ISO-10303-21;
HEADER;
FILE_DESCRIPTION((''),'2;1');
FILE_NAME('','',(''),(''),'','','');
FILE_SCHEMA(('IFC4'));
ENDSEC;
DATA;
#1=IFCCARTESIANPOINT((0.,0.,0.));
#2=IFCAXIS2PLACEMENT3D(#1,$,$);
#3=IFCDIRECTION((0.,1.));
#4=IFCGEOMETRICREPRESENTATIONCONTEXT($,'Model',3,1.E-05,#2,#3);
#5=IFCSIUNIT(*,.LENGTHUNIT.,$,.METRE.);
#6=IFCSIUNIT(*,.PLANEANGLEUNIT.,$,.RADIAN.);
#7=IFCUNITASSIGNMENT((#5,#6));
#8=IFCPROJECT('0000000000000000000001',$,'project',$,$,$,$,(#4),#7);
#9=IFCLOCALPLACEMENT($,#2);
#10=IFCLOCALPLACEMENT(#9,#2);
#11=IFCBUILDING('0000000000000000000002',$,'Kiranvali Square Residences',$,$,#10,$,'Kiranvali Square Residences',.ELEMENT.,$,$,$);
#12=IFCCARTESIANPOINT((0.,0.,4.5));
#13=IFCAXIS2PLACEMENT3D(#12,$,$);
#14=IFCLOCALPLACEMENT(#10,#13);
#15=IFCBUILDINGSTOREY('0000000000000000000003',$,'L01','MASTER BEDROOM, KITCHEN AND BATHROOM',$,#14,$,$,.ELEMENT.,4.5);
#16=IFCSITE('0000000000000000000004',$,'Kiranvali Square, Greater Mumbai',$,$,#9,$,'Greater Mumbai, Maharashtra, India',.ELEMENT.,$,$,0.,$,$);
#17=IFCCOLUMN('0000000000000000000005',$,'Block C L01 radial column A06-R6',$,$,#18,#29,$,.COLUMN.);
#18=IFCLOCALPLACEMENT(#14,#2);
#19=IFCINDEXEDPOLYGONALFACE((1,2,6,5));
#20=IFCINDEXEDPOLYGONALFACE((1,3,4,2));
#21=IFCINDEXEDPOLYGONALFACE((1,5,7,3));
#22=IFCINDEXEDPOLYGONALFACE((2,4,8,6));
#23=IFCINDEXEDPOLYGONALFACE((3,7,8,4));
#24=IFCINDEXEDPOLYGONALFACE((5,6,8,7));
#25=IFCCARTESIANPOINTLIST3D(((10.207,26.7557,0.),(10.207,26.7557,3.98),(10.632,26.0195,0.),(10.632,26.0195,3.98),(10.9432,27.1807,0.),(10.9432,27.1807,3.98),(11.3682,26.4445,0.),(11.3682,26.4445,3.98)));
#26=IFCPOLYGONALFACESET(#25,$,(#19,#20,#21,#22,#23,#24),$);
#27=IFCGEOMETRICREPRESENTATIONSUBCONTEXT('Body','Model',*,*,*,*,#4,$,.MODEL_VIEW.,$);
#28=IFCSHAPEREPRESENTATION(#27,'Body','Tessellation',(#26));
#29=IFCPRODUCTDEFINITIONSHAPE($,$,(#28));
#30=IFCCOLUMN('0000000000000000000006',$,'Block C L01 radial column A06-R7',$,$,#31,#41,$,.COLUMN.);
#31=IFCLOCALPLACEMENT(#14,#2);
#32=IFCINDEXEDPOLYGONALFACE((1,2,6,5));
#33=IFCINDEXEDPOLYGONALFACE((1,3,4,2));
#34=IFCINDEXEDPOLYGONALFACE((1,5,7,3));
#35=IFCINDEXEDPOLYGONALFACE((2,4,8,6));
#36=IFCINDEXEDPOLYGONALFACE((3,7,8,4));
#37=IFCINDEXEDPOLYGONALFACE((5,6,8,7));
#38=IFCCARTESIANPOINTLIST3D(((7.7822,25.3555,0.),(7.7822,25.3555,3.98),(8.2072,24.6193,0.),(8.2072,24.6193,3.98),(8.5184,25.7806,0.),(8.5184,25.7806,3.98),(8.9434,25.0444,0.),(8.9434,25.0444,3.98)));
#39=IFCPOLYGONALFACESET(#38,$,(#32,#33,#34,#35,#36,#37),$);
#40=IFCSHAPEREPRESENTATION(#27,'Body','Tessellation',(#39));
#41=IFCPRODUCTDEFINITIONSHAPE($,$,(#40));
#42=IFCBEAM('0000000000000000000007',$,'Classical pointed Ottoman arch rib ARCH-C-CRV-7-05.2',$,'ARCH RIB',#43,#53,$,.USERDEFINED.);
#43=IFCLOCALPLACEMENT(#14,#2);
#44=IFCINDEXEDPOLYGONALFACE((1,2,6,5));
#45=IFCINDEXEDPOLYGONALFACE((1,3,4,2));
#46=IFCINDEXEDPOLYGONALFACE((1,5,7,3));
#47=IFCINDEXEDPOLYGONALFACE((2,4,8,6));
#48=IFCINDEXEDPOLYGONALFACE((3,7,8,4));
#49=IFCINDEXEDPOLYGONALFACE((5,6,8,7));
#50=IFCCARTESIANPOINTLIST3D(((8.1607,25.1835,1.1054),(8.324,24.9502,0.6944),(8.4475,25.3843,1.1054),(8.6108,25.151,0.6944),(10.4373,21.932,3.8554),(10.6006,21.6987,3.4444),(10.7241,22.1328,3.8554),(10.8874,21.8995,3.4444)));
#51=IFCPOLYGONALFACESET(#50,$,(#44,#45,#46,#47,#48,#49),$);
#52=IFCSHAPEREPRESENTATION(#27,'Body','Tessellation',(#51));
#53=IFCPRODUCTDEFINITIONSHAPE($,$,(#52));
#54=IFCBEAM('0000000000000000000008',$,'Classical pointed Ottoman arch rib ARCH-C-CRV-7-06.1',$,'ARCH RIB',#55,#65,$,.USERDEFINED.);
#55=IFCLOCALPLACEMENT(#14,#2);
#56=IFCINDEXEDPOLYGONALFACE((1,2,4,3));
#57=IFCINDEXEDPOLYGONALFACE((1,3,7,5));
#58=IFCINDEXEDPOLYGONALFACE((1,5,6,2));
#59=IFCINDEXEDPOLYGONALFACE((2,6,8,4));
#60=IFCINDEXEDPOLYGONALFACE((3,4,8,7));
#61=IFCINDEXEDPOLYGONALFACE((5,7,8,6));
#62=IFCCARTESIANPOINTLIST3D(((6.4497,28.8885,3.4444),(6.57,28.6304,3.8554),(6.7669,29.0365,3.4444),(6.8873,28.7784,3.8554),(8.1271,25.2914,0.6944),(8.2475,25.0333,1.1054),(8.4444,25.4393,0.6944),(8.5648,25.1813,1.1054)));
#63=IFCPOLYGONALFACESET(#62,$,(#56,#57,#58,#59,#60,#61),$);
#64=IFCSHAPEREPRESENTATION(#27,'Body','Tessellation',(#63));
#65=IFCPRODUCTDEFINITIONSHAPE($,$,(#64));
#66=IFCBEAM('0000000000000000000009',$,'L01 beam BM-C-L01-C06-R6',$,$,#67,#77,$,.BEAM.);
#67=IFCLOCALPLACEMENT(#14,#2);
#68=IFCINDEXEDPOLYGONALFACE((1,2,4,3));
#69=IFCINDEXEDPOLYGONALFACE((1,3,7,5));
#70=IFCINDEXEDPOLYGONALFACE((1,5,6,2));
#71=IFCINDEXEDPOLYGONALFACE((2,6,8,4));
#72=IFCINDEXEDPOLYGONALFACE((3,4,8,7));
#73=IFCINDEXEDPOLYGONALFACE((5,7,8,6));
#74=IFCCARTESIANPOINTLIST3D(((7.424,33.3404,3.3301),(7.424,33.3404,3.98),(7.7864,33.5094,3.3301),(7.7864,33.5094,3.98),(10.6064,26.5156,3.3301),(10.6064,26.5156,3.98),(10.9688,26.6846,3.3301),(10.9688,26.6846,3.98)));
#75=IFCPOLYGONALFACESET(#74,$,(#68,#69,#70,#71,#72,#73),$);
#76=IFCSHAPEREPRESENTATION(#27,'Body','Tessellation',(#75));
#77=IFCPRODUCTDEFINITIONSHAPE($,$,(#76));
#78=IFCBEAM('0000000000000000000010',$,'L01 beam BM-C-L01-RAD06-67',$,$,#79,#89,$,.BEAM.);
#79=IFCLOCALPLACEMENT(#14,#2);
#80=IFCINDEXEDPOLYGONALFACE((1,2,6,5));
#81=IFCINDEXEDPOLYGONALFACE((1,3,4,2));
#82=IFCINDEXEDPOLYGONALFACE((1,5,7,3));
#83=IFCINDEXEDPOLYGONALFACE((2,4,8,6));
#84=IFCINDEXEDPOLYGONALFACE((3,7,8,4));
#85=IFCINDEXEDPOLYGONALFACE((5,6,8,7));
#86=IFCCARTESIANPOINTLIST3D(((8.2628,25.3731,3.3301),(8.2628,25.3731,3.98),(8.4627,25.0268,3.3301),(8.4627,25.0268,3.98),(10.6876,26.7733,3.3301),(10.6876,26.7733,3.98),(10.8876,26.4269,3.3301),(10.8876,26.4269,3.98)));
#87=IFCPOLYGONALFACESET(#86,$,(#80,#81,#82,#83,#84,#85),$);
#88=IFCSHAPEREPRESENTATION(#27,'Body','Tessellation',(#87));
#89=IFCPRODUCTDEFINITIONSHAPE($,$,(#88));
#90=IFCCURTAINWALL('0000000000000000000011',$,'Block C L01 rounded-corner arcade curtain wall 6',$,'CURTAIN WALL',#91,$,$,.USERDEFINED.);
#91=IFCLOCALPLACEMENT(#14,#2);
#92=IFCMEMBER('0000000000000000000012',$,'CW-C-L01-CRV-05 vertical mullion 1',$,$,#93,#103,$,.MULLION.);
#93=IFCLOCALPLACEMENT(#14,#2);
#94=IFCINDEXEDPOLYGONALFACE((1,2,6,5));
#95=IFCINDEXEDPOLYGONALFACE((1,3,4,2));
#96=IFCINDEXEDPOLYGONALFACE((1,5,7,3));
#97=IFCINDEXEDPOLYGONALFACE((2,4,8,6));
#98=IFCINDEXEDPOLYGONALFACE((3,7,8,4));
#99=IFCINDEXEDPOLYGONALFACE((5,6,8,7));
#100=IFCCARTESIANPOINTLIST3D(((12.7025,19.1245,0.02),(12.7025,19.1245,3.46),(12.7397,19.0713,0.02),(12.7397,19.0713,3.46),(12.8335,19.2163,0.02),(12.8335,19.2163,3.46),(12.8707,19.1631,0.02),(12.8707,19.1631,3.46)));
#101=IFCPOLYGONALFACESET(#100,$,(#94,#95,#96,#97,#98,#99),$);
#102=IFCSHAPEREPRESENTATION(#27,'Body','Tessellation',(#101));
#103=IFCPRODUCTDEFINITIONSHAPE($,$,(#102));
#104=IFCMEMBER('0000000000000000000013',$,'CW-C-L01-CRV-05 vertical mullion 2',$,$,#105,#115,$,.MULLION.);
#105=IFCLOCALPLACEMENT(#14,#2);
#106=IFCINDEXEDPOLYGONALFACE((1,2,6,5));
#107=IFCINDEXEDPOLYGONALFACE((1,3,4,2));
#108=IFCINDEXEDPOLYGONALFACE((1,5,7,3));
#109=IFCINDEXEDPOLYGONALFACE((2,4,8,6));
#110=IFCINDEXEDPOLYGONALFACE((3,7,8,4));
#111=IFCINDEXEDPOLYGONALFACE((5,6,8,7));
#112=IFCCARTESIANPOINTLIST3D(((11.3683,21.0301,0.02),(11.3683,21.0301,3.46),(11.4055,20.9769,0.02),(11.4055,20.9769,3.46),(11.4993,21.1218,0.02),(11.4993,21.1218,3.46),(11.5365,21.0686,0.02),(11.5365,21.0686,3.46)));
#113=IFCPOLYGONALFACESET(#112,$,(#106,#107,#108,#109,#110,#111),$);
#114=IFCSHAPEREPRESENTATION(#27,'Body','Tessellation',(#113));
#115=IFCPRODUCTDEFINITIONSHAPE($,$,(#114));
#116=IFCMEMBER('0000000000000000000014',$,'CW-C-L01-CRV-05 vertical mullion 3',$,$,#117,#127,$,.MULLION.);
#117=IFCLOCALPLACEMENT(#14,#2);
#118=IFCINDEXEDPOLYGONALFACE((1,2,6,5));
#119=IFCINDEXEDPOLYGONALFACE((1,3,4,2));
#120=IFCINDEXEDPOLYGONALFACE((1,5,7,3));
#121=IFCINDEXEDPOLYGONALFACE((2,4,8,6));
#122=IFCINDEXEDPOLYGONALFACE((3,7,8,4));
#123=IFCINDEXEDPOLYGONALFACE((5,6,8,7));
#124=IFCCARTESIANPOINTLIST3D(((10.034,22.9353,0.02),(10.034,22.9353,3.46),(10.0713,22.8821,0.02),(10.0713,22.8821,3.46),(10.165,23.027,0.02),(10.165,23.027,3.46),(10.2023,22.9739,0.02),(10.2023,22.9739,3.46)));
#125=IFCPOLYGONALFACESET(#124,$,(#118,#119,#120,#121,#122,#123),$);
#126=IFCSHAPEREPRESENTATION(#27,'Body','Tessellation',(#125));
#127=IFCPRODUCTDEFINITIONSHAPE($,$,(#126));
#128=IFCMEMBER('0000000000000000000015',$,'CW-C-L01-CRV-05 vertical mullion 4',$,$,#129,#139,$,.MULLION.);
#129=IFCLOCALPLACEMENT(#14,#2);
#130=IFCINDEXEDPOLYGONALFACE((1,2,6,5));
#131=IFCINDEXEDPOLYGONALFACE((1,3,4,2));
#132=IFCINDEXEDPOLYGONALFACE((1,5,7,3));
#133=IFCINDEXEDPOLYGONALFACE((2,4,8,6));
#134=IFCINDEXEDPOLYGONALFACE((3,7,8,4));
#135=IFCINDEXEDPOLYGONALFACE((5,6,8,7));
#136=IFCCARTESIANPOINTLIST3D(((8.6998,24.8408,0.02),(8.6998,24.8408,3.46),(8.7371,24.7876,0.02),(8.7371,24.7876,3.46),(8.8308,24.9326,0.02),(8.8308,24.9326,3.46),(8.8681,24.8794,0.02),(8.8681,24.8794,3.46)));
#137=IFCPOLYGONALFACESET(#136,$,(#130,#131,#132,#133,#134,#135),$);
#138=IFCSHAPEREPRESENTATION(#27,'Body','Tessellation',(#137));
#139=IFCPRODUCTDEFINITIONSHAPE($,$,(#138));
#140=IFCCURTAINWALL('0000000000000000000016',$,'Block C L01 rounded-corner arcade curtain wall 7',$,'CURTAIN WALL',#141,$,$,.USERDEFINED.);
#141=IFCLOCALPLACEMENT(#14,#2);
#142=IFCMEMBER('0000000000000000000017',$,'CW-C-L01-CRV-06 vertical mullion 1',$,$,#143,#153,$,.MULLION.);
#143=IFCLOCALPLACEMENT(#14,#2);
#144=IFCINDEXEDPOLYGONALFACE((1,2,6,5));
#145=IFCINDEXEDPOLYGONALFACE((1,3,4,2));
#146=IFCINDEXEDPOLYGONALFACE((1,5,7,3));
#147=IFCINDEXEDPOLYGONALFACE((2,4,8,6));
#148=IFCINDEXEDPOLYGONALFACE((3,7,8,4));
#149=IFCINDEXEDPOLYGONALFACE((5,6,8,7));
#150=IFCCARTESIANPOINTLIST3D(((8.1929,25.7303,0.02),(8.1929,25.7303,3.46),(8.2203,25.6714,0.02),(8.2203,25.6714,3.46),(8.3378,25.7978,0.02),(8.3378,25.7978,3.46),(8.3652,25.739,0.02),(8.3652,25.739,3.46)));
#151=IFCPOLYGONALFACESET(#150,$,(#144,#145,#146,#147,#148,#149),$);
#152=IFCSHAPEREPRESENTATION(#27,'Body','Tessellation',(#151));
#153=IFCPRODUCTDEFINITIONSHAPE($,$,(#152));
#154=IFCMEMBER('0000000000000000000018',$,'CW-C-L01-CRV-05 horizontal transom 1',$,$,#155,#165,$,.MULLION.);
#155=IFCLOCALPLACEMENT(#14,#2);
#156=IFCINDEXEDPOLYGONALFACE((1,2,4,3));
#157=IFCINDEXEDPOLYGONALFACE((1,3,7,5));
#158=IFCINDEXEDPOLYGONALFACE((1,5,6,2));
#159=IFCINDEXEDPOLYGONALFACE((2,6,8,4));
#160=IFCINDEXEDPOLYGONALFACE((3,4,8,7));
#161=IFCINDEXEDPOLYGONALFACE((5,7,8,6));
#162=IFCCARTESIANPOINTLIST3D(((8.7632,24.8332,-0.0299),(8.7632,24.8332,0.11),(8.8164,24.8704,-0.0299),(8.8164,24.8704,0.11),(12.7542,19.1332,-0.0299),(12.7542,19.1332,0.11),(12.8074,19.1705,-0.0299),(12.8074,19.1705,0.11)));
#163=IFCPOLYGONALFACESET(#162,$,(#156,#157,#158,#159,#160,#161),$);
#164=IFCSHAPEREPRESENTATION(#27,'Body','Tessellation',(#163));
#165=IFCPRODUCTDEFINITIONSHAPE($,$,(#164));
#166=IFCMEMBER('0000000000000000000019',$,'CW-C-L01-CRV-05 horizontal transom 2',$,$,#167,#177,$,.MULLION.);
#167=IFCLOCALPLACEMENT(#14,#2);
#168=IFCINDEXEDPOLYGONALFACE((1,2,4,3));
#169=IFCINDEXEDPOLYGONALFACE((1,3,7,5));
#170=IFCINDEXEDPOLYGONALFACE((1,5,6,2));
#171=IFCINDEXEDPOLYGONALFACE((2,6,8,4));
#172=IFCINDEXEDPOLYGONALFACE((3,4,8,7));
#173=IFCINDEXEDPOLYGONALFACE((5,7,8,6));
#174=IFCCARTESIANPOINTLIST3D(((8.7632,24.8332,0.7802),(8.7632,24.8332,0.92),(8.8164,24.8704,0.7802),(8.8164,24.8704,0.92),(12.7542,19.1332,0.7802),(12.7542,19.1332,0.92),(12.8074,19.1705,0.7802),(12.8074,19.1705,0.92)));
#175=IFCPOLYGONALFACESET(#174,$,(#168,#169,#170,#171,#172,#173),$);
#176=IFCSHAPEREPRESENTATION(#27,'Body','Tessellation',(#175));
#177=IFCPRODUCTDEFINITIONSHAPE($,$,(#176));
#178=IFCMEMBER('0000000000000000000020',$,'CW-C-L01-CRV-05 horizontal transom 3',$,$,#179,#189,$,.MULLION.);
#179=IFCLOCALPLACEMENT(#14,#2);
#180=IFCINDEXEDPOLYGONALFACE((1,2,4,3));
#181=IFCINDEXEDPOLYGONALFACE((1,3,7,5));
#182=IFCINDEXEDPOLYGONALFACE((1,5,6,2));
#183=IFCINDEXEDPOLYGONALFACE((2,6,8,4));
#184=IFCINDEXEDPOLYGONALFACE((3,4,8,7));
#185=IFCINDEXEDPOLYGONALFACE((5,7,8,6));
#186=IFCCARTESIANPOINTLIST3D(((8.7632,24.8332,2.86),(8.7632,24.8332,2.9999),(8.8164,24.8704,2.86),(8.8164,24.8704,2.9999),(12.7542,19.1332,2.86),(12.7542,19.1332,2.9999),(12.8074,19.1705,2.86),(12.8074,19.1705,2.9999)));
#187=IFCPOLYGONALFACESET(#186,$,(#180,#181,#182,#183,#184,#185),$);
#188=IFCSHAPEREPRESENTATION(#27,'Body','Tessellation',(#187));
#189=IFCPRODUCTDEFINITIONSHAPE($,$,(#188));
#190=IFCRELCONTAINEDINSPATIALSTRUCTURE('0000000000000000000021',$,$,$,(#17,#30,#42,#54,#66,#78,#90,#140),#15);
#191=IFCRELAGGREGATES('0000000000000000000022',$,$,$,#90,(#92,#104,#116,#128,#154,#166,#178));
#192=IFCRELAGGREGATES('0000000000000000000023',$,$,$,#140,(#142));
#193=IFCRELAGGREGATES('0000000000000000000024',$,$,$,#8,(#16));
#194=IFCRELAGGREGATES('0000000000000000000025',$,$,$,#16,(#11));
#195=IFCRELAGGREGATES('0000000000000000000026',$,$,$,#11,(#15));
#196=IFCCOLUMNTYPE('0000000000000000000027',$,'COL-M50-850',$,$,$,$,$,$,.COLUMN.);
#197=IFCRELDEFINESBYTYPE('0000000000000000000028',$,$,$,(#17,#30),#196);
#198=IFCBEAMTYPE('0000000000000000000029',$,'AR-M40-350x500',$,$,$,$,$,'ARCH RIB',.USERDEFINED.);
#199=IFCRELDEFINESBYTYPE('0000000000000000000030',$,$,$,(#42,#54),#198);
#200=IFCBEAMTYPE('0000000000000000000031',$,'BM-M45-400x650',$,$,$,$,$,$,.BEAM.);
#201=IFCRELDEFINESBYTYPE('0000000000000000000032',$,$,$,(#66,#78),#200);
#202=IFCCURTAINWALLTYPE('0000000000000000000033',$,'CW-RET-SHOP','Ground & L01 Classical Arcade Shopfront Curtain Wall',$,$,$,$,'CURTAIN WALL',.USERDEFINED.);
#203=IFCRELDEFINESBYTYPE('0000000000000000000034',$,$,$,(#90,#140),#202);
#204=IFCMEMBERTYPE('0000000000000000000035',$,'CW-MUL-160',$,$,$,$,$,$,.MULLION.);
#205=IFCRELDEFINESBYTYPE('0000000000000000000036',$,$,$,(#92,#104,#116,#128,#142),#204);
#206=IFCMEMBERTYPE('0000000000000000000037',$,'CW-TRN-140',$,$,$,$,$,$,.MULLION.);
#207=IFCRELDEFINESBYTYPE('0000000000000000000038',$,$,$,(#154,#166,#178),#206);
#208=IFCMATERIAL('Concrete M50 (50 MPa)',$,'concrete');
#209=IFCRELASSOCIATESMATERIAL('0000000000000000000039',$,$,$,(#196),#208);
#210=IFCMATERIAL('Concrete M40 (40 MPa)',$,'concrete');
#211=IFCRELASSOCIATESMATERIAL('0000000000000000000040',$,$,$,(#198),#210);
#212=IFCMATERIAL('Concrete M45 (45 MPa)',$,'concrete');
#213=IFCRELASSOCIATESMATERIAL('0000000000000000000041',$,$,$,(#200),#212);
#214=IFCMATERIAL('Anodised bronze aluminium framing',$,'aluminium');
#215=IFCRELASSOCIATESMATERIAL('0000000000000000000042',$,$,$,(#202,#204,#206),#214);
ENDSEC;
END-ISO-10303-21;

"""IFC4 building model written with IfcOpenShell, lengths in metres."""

from ifc_helpers import new_model, si_unit, direction, frame, origin, origin_2d, place, context, subcontext, project, spatial, rectangle, extrude, material, material_profile, profile_set, type_object, element, aggregate, save


model = new_model("IFC4")

# Units and contexts
model_context = context("Model", 3, precision=1e-05, world=origin(), true_north=direction((0.0, 1.0)))
body_context = subcontext(model_context, "Body", "Model", "MODEL_VIEW")
ifc_project = project(units=[si_unit("LENGTHUNIT", "METRE"), si_unit("PLANEANGLEUNIT", "RADIAN")], contexts=[model_context])

# Site, building, storey
site_placement = place(None, origin())
site = spatial("IfcSite", under=ifc_project, at=site_placement, Name="Kiranvali Square, Greater Mumbai", LongName="Greater Mumbai, Maharashtra, India", CompositionType="ELEMENT", RefElevation=0.0)
building_placement = place(site_placement, origin())
building = spatial("IfcBuilding", under=site, at=building_placement, Name="Kiranvali Square Residences", LongName="Kiranvali Square Residences", CompositionType="ELEMENT")
storey_placement = place(building_placement, frame((0.0, 0.0, 4.5)))
storey = spatial("IfcBuildingStorey", under=building, at=storey_placement, Name="L01", Description="MASTER BEDROOM, KITCHEN AND BATHROOM", CompositionType="ELEMENT", Elevation=4.5)

# Columns
ifc_material_1 = material(Name="Concrete M50 (50 MPa)", Category="concrete")
ifc_material_profile_1 = material_profile(ifc_material_1, rectangle(XDim=0.8501, YDim=0.8501, at=origin_2d()), Name="RC 850x850")
ifc_profile_set_1 = profile_set([ifc_material_profile_1], Name="Concrete M50 (50 MPa)")
column_type = type_object("IfcColumnType", Name="COL-M50-850", PredefinedType="COLUMN", material=ifc_profile_set_1)
for number, where, z_axis, x_axis, name in (
    (1, (10.7876, 26.6001, 0.0), (0.0, 0.0, 1.0), (-0.5, 0.866025, 0.0), "Block C L01 radial column A06-R6"),
    (2, (8.3628, 25.2, 0.0), (0.0, 0.0, 1.0), (-0.5, 0.866025, 0.0), "Block C L01 radial column A06-R7"),
):
    element("IfcColumn", number, at=place(storey_placement, frame(where, z_axis=z_axis, x_axis=x_axis)), inside=storey, type_object=column_type, Name=name, PredefinedType="COLUMN", context=body_context, shape_type="SweptSolid", body=[
        extrude(rectangle(XDim=0.8501, YDim=0.8501, at=origin_2d()), origin(), (0.0, 0.0, 1.0), 3.98),
    ])

# Beams
ifc_material_2 = material(Name="Concrete M40 (40 MPa)", Category="concrete")
ifc_material_profile_2 = material_profile(ifc_material_2, rectangle(XDim=0.3501, YDim=0.5, at=origin_2d()), Name="RC 350x500")
ifc_profile_set_2 = profile_set([ifc_material_profile_2], Name="Concrete M40 (40 MPa)")
beam_type_1 = type_object("IfcBeamType", Name="AR-M40-350x500", ElementType="ARCH RIB", PredefinedType="USERDEFINED", material=ifc_profile_set_2)
beam_1_placement = place(storey_placement, frame((10.6624, 21.9158, 3.6499), z_axis=(-0.471463, 0.673346, -0.569498), x_axis=(-0.819163, -0.573561, 0.0)))
element("IfcBeam", 3, at=beam_1_placement, inside=storey, type_object=beam_type_1, Name="Classical pointed Ottoman arch rib ARCH-C-CRV-7-05.2", ObjectType="ARCH RIB", PredefinedType="USERDEFINED", context=body_context, shape_type="SweptSolid", body=[
    extrude(rectangle(XDim=0.3501, YDim=0.5, at=origin_2d()), origin(), (0.0, 0.0, 1.0), 4.8289),
])
beam_2_placement = place(storey_placement, frame((8.3459, 25.2363, 0.8999), z_axis=(-0.347402, 0.74496, 0.569515), x_axis=(-0.906298, -0.42264, 0.0)))
element("IfcBeam", 4, at=beam_2_placement, inside=storey, type_object=beam_type_1, Name="Classical pointed Ottoman arch rib ARCH-C-CRV-7-06.1", ObjectType="ARCH RIB", PredefinedType="USERDEFINED", context=body_context, shape_type="SweptSolid", body=[
    extrude(rectangle(XDim=0.3501, YDim=0.5, at=origin_2d()), origin(), (0.0, 0.0, 1.0), 4.8286),
])
ifc_material_3 = material(Name="Concrete M45 (45 MPa)", Category="concrete")
ifc_material_profile_3 = material_profile(ifc_material_3, rectangle(XDim=0.3999, YDim=0.6499, at=origin_2d()), Name="RC 400x650")
ifc_profile_set_3 = profile_set([ifc_material_profile_3], Name="Concrete M45 (45 MPa)")
beam_type_2 = type_object("IfcBeamType", Name="BM-M45-400x650", PredefinedType="BEAM", material=ifc_profile_set_3)
beam_3_placement = place(storey_placement, frame((10.7876, 26.6001, 3.655), z_axis=(-0.422614, 0.90631, 0.0), x_axis=(-0.90631, -0.422614, 0.0)))
element("IfcBeam", 5, at=beam_3_placement, inside=storey, type_object=beam_type_2, Name="L01 beam BM-C-L01-C06-R6", PredefinedType="BEAM", context=body_context, shape_type="SweptSolid", body=[
    extrude(rectangle(XDim=0.3999, YDim=0.6499, at=origin_2d()), origin(), (0.0, 0.0, 1.0), 7.5303),
])
beam_4_placement = place(storey_placement, frame((10.7876, 26.6001, 3.655), z_axis=(-0.865997, -0.50005, 0.0), x_axis=(0.50005, -0.865997, 0.0)))
element("IfcBeam", 6, at=beam_4_placement, inside=storey, type_object=beam_type_2, Name="L01 beam BM-C-L01-RAD06-67", PredefinedType="BEAM", context=body_context, shape_type="SweptSolid", body=[
    extrude(rectangle(XDim=0.3999, YDim=0.6499, at=origin_2d()), origin(), (0.0, 0.0, 1.0), 2.8),
])

# Curtain wall, members
ifc_material_4 = material(Name="Anodised bronze aluminium framing", Category="aluminium")
curtain_wall_type = type_object("IfcCurtainWallType", Name="CW-RET-SHOP", Description="Ground & L01 Classical Arcade Shopfront Curtain Wall", ElementType="CURTAIN WALL", PredefinedType="USERDEFINED", material=ifc_material_4)
curtain_wall_1_placement = place(storey_placement, origin())
curtain_wall_1 = element("IfcCurtainWall", 7, at=curtain_wall_1_placement, inside=storey, type_object=curtain_wall_type, Name="Block C L01 rounded-corner arcade curtain wall 6", ObjectType="CURTAIN WALL", PredefinedType="USERDEFINED")
ifc_material_profile_4 = material_profile(ifc_material_4, rectangle(XDim=0.0649, YDim=0.1599, at=origin_2d()), Name="ALU 65x160")
ifc_profile_set_4 = profile_set([ifc_material_profile_4], Name="Anodised bronze aluminium framing")
member_type_1 = type_object("IfcMemberType", Name="CW-MUL-160", PredefinedType="MULLION", material=ifc_profile_set_4)
member_1_placement = place(storey_placement, frame((12.7866, 19.1438, 0.02), z_axis=(0.0, 0.0, 1.0), x_axis=(-0.573576, 0.819152, 0.0)))
member_1 = element("IfcMember", 8, at=member_1_placement, type_object=member_type_1, Name="CW-C-L01-CRV-05 vertical mullion 1", PredefinedType="MULLION", context=body_context, shape_type="SweptSolid", body=[
    extrude(rectangle(XDim=0.0649, YDim=0.1599, at=origin_2d()), origin(), (0.0, 0.0, 1.0), 3.4399),
])
member_2_placement = place(storey_placement, frame((11.4524, 21.0493, 0.02), z_axis=(0.0, 0.0, 1.0), x_axis=(-0.573576, 0.819152, 0.0)))
member_2 = element("IfcMember", 9, at=member_2_placement, type_object=member_type_1, Name="CW-C-L01-CRV-05 vertical mullion 2", PredefinedType="MULLION", context=body_context, shape_type="SweptSolid", body=[
    extrude(rectangle(XDim=0.0649, YDim=0.1599, at=origin_2d()), origin(), (0.0, 0.0, 1.0), 3.4399),
])
member_3_placement = place(storey_placement, frame((10.1182, 22.9546, 0.02), z_axis=(0.0, 0.0, 1.0), x_axis=(-0.573576, 0.819152, 0.0)))
member_3 = element("IfcMember", 10, at=member_3_placement, type_object=member_type_1, Name="CW-C-L01-CRV-05 vertical mullion 3", PredefinedType="MULLION", context=body_context, shape_type="SweptSolid", body=[
    extrude(rectangle(XDim=0.0649, YDim=0.1599, at=origin_2d()), origin(), (0.0, 0.0, 1.0), 3.4399),
])
member_4_placement = place(storey_placement, frame((8.7839, 24.8601, 0.02), z_axis=(0.0, 0.0, 1.0), x_axis=(-0.573576, 0.819152, 0.0)))
member_4 = element("IfcMember", 11, at=member_4_placement, type_object=member_type_1, Name="CW-C-L01-CRV-05 vertical mullion 4", PredefinedType="MULLION", context=body_context, shape_type="SweptSolid", body=[
    extrude(rectangle(XDim=0.0649, YDim=0.1599, at=origin_2d()), origin(), (0.0, 0.0, 1.0), 3.4399),
])

# Curtain wall, member
curtain_wall_2_placement = place(storey_placement, origin())
curtain_wall_2 = element("IfcCurtainWall", 12, at=curtain_wall_2_placement, inside=storey, type_object=curtain_wall_type, Name="Block C L01 rounded-corner arcade curtain wall 7", ObjectType="CURTAIN WALL", PredefinedType="USERDEFINED")
member_5_placement = place(storey_placement, frame((8.2791, 25.7346, 0.02), z_axis=(0.0, 0.0, 1.0), x_axis=(-0.422618, 0.906308, 0.0)))
member_5 = element("IfcMember", 13, at=member_5_placement, type_object=member_type_1, Name="CW-C-L01-CRV-06 vertical mullion 1", PredefinedType="MULLION", context=body_context, shape_type="SweptSolid", body=[
    extrude(rectangle(XDim=0.0649, YDim=0.1599, at=origin_2d()), origin(), (0.0, 0.0, 1.0), 3.4399),
])

# Members
ifc_material_profile_5 = material_profile(ifc_material_4, rectangle(XDim=0.0649, YDim=0.1399, at=origin_2d()), Name="ALU 65x140")
ifc_profile_set_5 = profile_set([ifc_material_profile_5], Name="Anodised bronze aluminium framing")
member_type_2 = type_object("IfcMemberType", Name="CW-TRN-140", PredefinedType="MULLION", material=ifc_profile_set_5)
member_6_placement = place(storey_placement, frame((12.7808, 19.1519, 0.04), z_axis=(-0.573559, 0.819164, 0.0), x_axis=(-0.819164, -0.573559, 0.0)))
member_6 = element("IfcMember", 14, at=member_6_placement, type_object=member_type_2, Name="CW-C-L01-CRV-05 horizontal transom 1", PredefinedType="MULLION", context=body_context, shape_type="SweptSolid", body=[
    extrude(rectangle(XDim=0.0649, YDim=0.1399, at=origin_2d()), origin(), (0.0, 0.0, 1.0), 6.9583),
])
member_7_placement = place(storey_placement, frame((12.7808, 19.1519, 0.8501), z_axis=(-0.573559, 0.819164, 0.0), x_axis=(-0.819164, -0.573559, 0.0)))
member_7 = element("IfcMember", 15, at=member_7_placement, type_object=member_type_2, Name="CW-C-L01-CRV-05 horizontal transom 2", PredefinedType="MULLION", context=body_context, shape_type="SweptSolid", body=[
    extrude(rectangle(XDim=0.0649, YDim=0.1399, at=origin_2d()), origin(), (0.0, 0.0, 1.0), 6.9583),
])
member_8_placement = place(storey_placement, frame((12.7808, 19.1519, 2.9299), z_axis=(-0.573559, 0.819164, 0.0), x_axis=(-0.819164, -0.573559, 0.0)))
member_8 = element("IfcMember", 16, at=member_8_placement, type_object=member_type_2, Name="CW-C-L01-CRV-05 horizontal transom 3", PredefinedType="MULLION", context=body_context, shape_type="SweptSolid", body=[
    extrude(rectangle(XDim=0.0649, YDim=0.1399, at=origin_2d()), origin(), (0.0, 0.0, 1.0), 6.9583),
])

aggregate(curtain_wall_1, [member_1, member_2, member_3, member_4, member_6, member_7, member_8])
aggregate(curtain_wall_2, [member_5])

save(model, "model.ifc")
